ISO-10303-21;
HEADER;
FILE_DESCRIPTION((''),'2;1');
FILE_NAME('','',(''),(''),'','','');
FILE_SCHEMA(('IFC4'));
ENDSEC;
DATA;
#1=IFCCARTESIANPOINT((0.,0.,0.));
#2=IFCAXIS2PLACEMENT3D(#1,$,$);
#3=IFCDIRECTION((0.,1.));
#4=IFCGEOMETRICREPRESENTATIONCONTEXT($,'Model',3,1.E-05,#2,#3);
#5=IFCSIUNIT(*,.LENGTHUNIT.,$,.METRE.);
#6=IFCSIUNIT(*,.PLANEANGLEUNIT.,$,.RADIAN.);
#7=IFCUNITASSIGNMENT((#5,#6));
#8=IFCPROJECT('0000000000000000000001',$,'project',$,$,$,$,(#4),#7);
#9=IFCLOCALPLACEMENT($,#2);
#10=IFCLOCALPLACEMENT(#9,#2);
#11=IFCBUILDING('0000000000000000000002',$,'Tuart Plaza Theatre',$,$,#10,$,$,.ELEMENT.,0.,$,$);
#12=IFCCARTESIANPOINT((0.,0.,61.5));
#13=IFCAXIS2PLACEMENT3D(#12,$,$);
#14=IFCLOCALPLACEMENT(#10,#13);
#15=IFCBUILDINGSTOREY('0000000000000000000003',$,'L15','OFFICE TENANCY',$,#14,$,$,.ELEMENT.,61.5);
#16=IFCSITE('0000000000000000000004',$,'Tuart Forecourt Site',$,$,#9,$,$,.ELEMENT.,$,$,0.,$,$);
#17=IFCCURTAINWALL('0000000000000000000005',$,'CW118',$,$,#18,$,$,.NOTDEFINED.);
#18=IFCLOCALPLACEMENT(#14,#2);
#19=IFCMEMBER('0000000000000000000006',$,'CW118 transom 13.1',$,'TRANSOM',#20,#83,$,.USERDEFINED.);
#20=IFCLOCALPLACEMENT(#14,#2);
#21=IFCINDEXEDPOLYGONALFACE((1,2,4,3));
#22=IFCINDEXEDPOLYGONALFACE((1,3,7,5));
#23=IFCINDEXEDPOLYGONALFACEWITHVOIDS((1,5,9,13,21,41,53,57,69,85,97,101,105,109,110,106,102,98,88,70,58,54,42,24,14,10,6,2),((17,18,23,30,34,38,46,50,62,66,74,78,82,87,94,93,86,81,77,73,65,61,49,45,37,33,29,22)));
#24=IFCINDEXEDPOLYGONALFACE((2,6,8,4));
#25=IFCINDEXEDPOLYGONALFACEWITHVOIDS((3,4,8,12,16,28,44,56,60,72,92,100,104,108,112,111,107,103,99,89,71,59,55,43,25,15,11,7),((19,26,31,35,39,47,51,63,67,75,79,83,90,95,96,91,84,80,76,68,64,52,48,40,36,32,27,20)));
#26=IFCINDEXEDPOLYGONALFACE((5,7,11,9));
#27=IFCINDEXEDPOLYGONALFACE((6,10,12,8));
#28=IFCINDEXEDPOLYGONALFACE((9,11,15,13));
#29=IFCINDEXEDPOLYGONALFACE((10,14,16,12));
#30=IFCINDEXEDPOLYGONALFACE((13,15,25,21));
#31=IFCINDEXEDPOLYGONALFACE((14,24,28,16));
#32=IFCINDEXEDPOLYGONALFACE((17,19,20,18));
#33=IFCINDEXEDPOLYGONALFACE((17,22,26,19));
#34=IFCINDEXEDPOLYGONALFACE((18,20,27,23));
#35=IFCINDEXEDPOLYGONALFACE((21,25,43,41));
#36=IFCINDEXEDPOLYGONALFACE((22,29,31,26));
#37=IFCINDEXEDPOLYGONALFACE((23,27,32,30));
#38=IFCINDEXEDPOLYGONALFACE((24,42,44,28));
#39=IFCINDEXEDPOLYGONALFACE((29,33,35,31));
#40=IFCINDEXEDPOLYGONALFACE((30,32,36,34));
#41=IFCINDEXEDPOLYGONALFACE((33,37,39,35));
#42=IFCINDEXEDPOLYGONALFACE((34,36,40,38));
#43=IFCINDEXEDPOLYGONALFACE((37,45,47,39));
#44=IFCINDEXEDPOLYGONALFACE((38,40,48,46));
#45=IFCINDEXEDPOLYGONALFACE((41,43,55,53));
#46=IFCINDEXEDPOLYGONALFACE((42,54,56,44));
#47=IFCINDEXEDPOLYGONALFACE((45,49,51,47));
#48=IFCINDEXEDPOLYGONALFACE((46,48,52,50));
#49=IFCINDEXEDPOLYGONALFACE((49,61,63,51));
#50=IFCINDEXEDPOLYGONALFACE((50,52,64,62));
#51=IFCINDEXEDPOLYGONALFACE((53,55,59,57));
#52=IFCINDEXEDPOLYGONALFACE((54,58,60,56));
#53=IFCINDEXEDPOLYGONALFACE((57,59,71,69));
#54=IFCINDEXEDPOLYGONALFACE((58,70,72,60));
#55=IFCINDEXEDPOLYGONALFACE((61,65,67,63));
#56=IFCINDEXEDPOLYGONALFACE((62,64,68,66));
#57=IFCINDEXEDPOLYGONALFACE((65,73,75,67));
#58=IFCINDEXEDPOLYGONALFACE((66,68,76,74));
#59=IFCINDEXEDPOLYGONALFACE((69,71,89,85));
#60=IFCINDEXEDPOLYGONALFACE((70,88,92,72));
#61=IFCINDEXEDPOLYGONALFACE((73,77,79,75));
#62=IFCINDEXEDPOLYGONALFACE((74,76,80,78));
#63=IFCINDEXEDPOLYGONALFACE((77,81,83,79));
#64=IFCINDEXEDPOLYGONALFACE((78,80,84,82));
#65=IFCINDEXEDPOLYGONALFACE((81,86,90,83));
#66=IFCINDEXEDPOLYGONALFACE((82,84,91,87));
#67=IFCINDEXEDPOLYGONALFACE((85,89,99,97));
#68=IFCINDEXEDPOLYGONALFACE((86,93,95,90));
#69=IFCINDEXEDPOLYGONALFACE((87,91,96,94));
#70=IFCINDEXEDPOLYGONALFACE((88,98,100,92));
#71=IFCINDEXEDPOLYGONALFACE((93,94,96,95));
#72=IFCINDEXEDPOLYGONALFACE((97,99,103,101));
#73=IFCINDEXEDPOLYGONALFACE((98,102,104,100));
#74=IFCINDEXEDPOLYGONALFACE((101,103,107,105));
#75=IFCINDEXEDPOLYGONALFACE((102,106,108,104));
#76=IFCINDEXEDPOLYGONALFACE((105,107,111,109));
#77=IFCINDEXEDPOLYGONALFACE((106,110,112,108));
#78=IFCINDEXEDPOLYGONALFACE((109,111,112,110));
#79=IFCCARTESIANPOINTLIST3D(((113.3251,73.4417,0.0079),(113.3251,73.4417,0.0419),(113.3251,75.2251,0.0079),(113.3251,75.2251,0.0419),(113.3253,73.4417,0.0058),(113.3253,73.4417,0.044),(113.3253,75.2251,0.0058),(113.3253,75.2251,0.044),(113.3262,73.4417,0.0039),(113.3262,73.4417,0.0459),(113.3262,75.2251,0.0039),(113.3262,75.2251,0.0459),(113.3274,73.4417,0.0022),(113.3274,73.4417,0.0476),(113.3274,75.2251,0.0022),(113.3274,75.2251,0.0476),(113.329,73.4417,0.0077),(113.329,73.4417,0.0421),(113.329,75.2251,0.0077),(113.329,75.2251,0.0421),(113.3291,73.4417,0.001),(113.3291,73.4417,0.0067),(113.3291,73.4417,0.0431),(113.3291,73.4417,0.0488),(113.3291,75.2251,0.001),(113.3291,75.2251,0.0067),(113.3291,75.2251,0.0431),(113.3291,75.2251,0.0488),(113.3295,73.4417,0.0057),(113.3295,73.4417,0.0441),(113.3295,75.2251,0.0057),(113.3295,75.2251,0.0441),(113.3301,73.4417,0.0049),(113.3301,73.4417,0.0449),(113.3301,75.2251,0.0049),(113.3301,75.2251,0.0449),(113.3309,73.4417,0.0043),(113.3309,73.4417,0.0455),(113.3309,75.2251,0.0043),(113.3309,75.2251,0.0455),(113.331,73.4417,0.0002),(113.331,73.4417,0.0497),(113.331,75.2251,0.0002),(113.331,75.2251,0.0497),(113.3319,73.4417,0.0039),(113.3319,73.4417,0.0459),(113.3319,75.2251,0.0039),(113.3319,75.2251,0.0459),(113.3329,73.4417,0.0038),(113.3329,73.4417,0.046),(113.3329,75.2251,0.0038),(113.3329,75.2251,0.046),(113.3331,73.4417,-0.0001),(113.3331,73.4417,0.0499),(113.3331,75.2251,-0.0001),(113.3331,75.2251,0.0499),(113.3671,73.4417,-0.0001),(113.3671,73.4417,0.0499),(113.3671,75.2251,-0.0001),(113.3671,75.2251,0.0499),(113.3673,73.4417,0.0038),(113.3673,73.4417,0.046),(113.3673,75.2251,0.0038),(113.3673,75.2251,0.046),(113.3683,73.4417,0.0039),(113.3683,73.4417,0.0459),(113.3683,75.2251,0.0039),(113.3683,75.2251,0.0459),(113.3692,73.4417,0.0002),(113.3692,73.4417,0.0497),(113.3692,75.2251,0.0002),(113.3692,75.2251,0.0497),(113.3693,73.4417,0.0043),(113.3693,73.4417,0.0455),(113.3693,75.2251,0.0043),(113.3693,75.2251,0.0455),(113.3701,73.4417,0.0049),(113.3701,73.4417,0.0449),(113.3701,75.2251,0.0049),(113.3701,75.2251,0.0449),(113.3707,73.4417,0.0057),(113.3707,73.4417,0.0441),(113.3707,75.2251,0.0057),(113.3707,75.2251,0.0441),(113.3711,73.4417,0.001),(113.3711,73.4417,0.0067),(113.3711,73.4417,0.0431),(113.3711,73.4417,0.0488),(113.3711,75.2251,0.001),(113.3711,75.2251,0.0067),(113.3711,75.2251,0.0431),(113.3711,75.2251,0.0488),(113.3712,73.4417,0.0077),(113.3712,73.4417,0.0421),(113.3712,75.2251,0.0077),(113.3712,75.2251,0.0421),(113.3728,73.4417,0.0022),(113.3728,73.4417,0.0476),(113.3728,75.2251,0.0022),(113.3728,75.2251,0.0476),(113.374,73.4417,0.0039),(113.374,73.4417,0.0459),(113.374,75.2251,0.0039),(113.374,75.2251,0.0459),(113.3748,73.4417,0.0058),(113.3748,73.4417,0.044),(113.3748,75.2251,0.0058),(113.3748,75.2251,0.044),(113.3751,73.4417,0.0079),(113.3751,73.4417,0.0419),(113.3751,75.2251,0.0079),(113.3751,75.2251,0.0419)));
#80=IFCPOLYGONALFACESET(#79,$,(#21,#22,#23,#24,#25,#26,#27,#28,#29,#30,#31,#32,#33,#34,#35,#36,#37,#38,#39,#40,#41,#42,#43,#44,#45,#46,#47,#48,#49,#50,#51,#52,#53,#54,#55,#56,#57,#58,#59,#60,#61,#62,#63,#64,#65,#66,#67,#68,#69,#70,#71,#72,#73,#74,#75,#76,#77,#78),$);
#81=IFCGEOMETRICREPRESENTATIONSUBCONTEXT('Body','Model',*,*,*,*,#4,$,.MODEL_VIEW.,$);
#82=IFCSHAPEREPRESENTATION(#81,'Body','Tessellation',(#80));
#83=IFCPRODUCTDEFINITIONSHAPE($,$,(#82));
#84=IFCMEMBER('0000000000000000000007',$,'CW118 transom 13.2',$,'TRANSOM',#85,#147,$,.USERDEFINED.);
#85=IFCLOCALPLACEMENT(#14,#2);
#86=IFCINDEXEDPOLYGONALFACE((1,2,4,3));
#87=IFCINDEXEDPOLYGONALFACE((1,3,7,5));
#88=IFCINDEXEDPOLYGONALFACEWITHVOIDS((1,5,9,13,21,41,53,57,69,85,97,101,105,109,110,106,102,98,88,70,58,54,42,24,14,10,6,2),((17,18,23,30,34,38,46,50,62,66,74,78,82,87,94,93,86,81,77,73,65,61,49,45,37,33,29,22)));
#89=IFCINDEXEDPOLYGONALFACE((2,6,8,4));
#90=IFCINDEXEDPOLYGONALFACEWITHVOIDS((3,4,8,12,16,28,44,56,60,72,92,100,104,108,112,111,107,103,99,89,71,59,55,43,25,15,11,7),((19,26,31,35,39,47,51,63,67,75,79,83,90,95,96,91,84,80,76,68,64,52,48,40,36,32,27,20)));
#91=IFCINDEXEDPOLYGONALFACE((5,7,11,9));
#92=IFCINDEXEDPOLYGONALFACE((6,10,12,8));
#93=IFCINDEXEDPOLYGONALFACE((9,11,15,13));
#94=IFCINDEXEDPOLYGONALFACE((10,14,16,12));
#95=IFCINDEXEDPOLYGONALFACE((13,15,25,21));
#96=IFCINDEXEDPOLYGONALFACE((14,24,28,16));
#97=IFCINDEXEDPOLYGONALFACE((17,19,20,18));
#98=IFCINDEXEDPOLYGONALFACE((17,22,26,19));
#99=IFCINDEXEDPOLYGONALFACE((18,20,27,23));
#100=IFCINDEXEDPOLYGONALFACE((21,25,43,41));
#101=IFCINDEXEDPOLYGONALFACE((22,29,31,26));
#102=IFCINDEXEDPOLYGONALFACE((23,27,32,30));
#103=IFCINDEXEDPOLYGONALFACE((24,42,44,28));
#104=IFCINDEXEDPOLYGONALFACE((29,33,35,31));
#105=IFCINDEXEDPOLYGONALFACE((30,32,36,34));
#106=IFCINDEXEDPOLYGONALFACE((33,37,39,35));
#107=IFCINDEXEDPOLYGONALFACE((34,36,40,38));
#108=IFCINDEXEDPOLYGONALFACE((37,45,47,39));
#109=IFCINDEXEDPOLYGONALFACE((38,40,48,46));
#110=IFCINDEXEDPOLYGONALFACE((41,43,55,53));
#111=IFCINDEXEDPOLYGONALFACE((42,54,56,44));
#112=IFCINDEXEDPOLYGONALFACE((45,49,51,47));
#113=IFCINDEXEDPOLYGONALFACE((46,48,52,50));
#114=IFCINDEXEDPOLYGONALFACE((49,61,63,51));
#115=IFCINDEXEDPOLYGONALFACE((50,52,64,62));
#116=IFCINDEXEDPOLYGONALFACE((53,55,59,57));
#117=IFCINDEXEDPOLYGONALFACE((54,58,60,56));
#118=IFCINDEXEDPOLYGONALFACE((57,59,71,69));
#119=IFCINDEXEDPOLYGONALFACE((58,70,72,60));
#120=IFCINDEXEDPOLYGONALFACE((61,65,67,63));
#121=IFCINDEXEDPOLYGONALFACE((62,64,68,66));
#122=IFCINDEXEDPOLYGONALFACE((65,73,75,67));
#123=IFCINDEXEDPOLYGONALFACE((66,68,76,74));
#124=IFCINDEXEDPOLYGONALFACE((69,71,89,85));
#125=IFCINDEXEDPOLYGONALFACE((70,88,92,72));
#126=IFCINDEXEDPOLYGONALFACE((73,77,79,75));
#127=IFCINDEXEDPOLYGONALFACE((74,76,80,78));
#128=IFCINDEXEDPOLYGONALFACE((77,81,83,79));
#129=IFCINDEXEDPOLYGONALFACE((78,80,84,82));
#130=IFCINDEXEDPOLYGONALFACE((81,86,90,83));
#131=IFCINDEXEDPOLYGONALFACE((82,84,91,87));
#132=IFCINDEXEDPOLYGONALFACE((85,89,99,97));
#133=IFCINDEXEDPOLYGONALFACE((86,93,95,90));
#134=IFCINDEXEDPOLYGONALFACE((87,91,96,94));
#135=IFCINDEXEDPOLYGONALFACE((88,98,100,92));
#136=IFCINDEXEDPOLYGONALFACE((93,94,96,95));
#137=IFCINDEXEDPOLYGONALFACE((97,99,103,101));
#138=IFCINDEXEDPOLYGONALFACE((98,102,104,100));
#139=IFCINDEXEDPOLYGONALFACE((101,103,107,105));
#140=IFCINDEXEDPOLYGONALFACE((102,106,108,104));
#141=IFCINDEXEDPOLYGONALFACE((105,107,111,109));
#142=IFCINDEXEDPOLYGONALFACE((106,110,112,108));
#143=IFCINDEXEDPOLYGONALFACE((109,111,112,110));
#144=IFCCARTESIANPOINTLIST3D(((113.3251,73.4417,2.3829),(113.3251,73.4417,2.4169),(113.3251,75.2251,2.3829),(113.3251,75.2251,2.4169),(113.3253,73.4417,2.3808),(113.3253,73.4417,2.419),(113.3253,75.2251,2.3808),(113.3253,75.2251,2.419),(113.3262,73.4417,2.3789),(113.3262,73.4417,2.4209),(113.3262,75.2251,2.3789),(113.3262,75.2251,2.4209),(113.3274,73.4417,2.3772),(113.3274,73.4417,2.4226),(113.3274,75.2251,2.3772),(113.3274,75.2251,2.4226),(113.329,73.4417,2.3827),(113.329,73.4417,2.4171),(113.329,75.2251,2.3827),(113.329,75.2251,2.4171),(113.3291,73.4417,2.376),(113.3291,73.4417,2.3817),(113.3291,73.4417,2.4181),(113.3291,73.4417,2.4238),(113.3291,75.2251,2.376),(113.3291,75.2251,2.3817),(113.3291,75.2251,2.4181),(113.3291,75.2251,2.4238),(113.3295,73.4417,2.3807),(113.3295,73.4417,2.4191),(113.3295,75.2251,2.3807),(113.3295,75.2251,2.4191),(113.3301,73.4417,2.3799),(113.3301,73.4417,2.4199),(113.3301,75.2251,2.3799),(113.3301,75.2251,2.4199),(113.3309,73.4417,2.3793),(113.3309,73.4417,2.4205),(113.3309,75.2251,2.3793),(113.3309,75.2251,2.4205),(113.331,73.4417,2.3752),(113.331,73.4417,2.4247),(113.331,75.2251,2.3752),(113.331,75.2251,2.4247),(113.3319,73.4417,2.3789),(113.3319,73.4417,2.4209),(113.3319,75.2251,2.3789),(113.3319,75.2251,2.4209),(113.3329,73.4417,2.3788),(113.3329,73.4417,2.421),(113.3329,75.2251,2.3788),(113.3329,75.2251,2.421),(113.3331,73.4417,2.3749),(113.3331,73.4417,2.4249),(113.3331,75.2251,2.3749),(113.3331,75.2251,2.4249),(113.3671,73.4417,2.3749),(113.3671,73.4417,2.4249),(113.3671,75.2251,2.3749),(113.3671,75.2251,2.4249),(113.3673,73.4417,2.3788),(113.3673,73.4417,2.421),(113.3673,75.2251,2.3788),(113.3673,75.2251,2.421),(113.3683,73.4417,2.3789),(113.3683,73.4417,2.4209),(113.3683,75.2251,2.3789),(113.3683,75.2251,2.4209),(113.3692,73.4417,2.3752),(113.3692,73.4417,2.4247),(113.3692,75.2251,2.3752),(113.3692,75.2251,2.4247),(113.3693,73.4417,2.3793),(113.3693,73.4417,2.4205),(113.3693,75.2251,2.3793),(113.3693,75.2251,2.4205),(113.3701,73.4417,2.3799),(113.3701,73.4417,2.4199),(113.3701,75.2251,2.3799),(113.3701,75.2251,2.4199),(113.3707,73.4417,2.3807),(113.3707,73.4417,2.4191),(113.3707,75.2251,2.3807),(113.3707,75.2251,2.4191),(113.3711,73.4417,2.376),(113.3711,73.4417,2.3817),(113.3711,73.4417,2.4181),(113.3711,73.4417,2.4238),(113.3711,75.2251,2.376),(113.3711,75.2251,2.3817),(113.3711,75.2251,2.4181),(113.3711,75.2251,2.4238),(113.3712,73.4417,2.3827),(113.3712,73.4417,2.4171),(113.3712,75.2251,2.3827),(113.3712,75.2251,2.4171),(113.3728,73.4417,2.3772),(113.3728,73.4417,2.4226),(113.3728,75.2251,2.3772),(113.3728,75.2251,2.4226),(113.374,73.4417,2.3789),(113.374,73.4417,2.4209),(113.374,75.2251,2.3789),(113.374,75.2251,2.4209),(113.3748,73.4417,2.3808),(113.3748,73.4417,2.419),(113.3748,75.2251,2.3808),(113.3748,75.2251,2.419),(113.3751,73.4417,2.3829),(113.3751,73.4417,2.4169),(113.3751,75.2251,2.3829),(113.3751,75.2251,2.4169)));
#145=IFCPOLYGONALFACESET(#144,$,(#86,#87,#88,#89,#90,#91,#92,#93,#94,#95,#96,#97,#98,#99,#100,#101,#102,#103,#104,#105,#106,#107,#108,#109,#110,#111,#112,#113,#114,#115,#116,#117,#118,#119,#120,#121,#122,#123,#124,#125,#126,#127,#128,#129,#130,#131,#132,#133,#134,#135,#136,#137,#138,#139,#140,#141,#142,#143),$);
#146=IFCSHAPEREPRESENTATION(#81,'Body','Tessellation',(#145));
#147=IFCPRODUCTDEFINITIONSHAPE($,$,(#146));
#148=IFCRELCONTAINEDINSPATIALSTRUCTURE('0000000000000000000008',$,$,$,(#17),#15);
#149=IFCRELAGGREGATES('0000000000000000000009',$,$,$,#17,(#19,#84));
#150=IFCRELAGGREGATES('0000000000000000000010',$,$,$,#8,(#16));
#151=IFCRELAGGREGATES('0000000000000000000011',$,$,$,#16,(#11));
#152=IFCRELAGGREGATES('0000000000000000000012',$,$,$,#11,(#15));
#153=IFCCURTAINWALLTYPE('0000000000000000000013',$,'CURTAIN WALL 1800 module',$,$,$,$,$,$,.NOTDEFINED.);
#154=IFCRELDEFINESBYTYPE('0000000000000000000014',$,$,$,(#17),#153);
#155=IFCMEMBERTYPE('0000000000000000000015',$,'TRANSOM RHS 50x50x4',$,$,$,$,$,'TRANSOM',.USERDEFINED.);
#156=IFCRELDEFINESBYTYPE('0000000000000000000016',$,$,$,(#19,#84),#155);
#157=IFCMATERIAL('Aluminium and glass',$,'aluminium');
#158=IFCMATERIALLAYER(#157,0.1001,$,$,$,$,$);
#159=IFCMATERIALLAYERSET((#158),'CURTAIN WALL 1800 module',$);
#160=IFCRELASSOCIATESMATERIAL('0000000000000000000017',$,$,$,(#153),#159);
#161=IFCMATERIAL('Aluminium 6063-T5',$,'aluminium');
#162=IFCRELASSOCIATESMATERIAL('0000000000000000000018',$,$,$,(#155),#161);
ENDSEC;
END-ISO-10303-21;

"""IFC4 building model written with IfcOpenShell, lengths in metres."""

from ifc_helpers import new_model, si_unit, direction, frame, origin, origin_2d, place, context, subcontext, project, spatial, hollow_rectangle, extrude, material, layer, layer_set, material_profile, profile_set, type_object, element, aggregate, save


model = new_model("IFC4")

# Units and contexts
model_context = context("Model", 3, precision=1e-05, world=origin(), true_north=direction((0.0, 1.0)))
body_context = subcontext(model_context, "Body", "Model", "MODEL_VIEW")
ifc_project = project(units=[si_unit("LENGTHUNIT", "METRE"), si_unit("PLANEANGLEUNIT", "RADIAN")], contexts=[model_context])

# Site, building, storey
site_placement = place(None, origin())
site = spatial("IfcSite", under=ifc_project, at=site_placement, Name="Tuart Forecourt Site", CompositionType="ELEMENT", RefElevation=0.0)
building_placement = place(site_placement, origin())
building = spatial("IfcBuilding", under=site, at=building_placement, Name="Tuart Plaza Theatre", CompositionType="ELEMENT", ElevationOfRefHeight=0.0)
storey_placement = place(building_placement, frame((0.0, 0.0, 61.5)))
storey = spatial("IfcBuildingStorey", under=building, at=storey_placement, Name="L15", Description="OFFICE TENANCY", CompositionType="ELEMENT", Elevation=61.5)

# Curtain wall, members
ifc_material_1 = material(Name="Aluminium and glass", Category="aluminium")
ifc_layer_1 = layer(ifc_material_1, 0.1001)
ifc_layer_set_1 = layer_set([ifc_layer_1], Name="CURTAIN WALL 1800 module")
curtain_wall_type = type_object("IfcCurtainWallType", Name="CURTAIN WALL 1800 module", PredefinedType="NOTDEFINED", material=ifc_layer_set_1)
curtain_wall_placement = place(storey_placement, origin())
curtain_wall = element("IfcCurtainWall", 1, at=curtain_wall_placement, inside=storey, type_object=curtain_wall_type, Name="CW118", PredefinedType="NOTDEFINED")
ifc_material_2 = material(Name="Aluminium 6063-T5", Category="aluminium")
ifc_material_profile_1 = material_profile(ifc_material_2, hollow_rectangle(XDim=0.05, YDim=0.05, WallThickness=0.0039, InnerFilletRadius=0.0039, OuterFilletRadius=0.0081, at=origin_2d()), Name="RHS 50x50x4")
ifc_profile_set_1 = profile_set([ifc_material_profile_1], Name="Aluminium 6063-T5")
member_type = type_object("IfcMemberType", Name="TRANSOM RHS 50x50x4", ElementType="TRANSOM", PredefinedType="USERDEFINED", material=ifc_profile_set_1)
member_1_placement = place(storey_placement, frame((113.3501, 75.2251, 0.0249), z_axis=(0.0, -1.0, 0.0), x_axis=(1.0, 0.0, 0.0)))
member_1 = element("IfcMember", 2, at=member_1_placement, type_object=member_type, Name="CW118 transom 13.1", ObjectType="TRANSOM", PredefinedType="USERDEFINED", context=body_context, shape_type="SweptSolid", body=[
    extrude(hollow_rectangle(XDim=0.05, YDim=0.05, WallThickness=0.0039, InnerFilletRadius=0.0039, OuterFilletRadius=0.0081, at=origin_2d()), origin(), (0.0, 0.0, 1.0), 1.7834),
])
member_2_placement = place(storey_placement, frame((113.3501, 75.2251, 2.3999), z_axis=(0.0, -1.0, 0.0), x_axis=(1.0, 0.0, 0.0)))
member_2 = element("IfcMember", 3, at=member_2_placement, type_object=member_type, Name="CW118 transom 13.2", ObjectType="TRANSOM", PredefinedType="USERDEFINED", context=body_context, shape_type="SweptSolid", body=[
    extrude(hollow_rectangle(XDim=0.05, YDim=0.05, WallThickness=0.0039, InnerFilletRadius=0.0039, OuterFilletRadius=0.0081, at=origin_2d()), origin(), (0.0, 0.0, 1.0), 1.7834),
])
aggregate(curtain_wall, [member_1, member_2])

save(model, "model.ifc")
